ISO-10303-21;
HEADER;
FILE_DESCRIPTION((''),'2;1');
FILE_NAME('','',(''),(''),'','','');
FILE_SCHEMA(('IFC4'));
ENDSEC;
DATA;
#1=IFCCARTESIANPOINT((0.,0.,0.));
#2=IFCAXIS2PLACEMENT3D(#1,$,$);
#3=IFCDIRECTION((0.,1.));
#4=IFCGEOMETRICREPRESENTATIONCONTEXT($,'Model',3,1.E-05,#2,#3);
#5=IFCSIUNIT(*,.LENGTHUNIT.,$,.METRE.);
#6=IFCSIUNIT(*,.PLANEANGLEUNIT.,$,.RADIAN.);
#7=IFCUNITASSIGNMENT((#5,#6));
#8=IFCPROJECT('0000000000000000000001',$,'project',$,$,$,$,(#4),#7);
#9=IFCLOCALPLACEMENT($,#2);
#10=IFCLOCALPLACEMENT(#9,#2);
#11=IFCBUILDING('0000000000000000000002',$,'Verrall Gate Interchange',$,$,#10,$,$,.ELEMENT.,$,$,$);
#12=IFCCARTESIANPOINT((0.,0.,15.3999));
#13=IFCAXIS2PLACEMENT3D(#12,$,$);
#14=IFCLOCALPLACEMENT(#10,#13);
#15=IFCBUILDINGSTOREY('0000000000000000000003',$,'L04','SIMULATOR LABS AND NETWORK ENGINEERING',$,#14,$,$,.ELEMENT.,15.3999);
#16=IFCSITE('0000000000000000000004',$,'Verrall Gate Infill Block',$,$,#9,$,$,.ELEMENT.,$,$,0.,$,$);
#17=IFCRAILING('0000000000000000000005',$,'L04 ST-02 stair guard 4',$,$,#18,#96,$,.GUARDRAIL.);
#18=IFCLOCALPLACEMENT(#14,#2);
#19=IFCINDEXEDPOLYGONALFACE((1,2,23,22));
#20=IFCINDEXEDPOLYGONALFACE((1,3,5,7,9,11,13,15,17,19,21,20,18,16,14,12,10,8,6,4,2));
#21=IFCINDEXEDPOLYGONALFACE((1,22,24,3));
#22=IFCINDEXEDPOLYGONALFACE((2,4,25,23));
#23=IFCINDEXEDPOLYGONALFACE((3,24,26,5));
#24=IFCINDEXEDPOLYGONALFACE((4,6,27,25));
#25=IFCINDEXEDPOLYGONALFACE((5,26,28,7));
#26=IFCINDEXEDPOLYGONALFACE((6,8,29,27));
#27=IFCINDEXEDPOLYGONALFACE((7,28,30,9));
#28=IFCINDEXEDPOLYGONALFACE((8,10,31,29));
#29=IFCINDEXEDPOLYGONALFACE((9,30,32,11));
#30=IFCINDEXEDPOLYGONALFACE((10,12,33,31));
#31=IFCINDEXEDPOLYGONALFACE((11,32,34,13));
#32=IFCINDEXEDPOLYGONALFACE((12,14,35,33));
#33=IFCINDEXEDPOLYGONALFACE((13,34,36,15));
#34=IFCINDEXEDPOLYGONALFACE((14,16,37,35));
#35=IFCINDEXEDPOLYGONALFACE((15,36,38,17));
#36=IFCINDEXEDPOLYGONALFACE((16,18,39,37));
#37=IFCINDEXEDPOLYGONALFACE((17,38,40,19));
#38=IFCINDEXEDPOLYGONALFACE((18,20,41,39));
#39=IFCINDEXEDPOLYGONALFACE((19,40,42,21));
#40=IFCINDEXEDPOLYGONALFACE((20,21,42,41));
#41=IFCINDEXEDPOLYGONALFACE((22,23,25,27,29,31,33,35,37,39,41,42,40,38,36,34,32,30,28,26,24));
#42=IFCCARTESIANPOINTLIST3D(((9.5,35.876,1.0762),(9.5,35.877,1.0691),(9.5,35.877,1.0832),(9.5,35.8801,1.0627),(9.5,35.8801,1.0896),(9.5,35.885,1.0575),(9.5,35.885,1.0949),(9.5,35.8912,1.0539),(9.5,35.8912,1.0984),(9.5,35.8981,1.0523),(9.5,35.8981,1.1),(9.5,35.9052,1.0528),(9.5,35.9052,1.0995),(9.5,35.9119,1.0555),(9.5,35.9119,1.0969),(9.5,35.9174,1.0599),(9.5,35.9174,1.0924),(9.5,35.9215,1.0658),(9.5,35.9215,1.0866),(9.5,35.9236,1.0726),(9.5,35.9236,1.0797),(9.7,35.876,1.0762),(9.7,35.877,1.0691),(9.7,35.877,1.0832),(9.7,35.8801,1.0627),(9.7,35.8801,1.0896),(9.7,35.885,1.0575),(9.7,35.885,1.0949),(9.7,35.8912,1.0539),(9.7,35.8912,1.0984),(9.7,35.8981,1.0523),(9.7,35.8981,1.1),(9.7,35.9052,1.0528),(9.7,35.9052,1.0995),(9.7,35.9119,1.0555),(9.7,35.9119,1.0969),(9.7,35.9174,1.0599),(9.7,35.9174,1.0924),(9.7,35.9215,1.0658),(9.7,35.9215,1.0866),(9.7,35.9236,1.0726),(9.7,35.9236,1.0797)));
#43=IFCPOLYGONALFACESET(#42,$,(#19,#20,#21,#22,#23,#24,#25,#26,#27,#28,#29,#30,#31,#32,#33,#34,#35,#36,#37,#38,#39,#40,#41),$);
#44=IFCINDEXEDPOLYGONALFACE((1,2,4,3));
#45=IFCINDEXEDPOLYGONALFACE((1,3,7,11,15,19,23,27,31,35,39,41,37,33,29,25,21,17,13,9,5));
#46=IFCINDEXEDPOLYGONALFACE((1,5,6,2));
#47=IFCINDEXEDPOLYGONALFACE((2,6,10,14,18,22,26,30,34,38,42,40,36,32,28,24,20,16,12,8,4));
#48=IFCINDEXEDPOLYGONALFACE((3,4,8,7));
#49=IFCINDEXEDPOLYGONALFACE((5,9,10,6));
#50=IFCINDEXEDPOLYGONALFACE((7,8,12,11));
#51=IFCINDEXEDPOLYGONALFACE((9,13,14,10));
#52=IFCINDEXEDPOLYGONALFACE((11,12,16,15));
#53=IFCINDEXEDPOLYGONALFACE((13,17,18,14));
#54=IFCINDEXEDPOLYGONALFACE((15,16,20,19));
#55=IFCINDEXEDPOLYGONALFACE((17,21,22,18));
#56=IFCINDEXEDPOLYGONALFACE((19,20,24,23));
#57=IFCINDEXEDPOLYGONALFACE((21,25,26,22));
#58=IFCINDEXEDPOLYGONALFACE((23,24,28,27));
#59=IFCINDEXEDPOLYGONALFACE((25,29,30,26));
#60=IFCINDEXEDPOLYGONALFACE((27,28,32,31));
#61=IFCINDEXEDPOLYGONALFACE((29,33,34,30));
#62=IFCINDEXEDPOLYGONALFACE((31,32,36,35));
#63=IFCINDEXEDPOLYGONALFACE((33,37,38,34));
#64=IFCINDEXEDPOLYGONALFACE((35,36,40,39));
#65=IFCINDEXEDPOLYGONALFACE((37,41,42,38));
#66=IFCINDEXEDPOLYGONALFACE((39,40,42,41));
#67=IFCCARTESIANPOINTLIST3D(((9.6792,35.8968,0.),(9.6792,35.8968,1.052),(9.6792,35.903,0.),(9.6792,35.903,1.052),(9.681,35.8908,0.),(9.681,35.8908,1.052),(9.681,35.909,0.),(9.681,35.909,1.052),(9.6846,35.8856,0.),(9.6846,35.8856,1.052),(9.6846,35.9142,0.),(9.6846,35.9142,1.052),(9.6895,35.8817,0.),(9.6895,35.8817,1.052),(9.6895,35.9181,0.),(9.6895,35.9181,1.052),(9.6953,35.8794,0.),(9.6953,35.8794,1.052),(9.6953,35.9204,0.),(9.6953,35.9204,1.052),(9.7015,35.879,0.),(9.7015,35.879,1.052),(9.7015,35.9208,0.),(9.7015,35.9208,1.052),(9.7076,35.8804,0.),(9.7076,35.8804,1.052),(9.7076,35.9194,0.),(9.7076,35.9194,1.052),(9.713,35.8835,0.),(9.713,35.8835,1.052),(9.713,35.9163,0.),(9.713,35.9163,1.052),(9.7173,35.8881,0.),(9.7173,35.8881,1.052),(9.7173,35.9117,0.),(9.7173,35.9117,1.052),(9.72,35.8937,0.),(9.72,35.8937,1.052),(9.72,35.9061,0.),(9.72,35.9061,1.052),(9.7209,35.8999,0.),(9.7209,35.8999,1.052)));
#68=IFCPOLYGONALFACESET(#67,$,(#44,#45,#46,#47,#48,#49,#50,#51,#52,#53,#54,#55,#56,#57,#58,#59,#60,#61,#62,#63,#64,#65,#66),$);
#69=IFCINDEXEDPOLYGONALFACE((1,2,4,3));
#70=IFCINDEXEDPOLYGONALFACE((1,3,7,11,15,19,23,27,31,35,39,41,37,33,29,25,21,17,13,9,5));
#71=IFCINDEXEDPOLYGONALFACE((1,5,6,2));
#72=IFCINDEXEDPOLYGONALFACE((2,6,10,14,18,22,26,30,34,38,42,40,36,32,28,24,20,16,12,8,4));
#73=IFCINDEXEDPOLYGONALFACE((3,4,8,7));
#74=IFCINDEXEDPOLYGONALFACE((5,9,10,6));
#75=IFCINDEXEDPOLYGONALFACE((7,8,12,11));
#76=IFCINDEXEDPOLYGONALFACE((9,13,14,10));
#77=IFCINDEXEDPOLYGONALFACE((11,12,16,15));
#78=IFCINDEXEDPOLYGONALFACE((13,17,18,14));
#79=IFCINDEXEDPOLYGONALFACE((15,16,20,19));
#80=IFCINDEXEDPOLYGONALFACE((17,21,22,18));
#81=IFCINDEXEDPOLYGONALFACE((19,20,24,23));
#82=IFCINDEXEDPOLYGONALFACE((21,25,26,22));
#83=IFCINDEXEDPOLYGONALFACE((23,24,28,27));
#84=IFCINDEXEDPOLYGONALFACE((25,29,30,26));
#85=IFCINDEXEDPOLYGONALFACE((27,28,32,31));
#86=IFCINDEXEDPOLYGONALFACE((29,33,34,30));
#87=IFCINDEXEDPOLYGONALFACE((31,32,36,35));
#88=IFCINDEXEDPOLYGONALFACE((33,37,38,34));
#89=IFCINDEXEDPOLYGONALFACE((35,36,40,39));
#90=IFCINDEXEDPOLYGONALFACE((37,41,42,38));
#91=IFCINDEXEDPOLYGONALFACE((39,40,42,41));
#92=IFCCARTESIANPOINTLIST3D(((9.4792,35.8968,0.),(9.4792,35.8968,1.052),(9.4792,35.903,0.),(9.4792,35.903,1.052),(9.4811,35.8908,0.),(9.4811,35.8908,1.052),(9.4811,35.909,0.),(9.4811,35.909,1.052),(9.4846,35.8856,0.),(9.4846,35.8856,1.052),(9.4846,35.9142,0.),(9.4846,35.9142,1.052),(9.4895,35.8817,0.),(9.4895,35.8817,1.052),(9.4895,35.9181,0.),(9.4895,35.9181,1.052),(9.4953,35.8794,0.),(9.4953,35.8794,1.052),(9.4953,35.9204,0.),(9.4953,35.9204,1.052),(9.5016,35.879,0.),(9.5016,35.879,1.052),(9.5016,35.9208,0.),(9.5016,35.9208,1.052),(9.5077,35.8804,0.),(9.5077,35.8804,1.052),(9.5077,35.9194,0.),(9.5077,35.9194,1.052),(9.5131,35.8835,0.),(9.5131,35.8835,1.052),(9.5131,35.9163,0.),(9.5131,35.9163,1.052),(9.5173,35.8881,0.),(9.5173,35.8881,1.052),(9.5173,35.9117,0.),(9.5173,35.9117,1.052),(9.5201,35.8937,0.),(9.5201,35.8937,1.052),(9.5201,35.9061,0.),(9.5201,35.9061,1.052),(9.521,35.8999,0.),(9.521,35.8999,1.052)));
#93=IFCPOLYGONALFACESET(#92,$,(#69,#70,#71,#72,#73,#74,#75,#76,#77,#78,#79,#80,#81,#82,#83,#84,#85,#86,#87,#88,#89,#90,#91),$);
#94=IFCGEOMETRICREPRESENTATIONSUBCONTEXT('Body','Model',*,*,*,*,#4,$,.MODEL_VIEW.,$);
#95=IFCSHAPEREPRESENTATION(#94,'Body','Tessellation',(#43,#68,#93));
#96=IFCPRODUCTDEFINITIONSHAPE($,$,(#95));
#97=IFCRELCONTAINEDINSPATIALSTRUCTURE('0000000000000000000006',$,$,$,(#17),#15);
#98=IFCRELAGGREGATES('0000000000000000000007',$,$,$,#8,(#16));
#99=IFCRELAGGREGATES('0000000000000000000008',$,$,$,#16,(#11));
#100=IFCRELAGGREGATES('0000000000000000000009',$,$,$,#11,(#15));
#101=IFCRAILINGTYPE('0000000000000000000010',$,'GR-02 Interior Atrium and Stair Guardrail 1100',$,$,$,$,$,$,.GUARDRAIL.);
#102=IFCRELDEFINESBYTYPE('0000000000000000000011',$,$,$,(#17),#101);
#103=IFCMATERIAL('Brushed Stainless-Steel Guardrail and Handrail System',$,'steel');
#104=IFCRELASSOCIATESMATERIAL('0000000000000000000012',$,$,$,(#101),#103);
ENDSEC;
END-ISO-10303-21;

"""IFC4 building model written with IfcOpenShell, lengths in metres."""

from ifc_helpers import new_model, si_unit, direction, frame, origin, origin_2d, place, context, subcontext, project, spatial, circle, extrude, material, type_object, element, save


model = new_model("IFC4")

# Units and contexts
model_context = context("Model", 3, precision=1e-05, world=origin(), true_north=direction((0.0, 1.0)))
body_context = subcontext(model_context, "Body", "Model", "MODEL_VIEW")
ifc_project = project(units=[si_unit("LENGTHUNIT", "METRE"), si_unit("PLANEANGLEUNIT", "RADIAN")], contexts=[model_context])

# Site, building, storey
site_placement = place(None, origin())
site = spatial("IfcSite", under=ifc_project, at=site_placement, Name="Verrall Gate Infill Block", CompositionType="ELEMENT", RefElevation=0.0)
building_placement = place(site_placement, origin())
building = spatial("IfcBuilding", under=site, at=building_placement, Name="Verrall Gate Interchange", CompositionType="ELEMENT")
storey_placement = place(building_placement, frame((0.0, 0.0, 15.3999)))
storey = spatial("IfcBuildingStorey", under=building, at=storey_placement, Name="L04", Description="SIMULATOR LABS AND NETWORK ENGINEERING", CompositionType="ELEMENT", Elevation=15.3999)

# Railing
ifc_material_1 = material(Name="Brushed Stainless-Steel Guardrail and Handrail System", Category="steel")
railing_type_1 = type_object("IfcRailingType", Name="GR-02 Interior Atrium and Stair Guardrail 1100", PredefinedType="GUARDRAIL", material=ifc_material_1)
railing_1_placement = place(storey_placement, frame((9.7, 35.8999, 0.0)))
element("IfcRailing", 1, at=railing_1_placement, inside=storey, type_object=railing_type_1, Name="L04 ST-02 stair guard 4", PredefinedType="GUARDRAIL", context=body_context, shape_type="SweptSolid", body=[
    extrude(circle(Radius=0.0239, at=origin_2d()), frame((0.0, 0.0, 1.0762), z_axis=(-1.0, 0.0, 0.0), x_axis=(0.0, -1.0, 0.0)), (0.0, 0.0, 1.0), 0.2),
    extrude(circle(Radius=0.021, at=origin_2d()), origin(), (0.0, 0.0, 1.0), 1.052),
    extrude(circle(Radius=0.021, at=origin_2d()), frame((-0.2, 0.0, 0.0)), (0.0, 0.0, 1.0), 1.052),
])

save(model, "model.ifc")
